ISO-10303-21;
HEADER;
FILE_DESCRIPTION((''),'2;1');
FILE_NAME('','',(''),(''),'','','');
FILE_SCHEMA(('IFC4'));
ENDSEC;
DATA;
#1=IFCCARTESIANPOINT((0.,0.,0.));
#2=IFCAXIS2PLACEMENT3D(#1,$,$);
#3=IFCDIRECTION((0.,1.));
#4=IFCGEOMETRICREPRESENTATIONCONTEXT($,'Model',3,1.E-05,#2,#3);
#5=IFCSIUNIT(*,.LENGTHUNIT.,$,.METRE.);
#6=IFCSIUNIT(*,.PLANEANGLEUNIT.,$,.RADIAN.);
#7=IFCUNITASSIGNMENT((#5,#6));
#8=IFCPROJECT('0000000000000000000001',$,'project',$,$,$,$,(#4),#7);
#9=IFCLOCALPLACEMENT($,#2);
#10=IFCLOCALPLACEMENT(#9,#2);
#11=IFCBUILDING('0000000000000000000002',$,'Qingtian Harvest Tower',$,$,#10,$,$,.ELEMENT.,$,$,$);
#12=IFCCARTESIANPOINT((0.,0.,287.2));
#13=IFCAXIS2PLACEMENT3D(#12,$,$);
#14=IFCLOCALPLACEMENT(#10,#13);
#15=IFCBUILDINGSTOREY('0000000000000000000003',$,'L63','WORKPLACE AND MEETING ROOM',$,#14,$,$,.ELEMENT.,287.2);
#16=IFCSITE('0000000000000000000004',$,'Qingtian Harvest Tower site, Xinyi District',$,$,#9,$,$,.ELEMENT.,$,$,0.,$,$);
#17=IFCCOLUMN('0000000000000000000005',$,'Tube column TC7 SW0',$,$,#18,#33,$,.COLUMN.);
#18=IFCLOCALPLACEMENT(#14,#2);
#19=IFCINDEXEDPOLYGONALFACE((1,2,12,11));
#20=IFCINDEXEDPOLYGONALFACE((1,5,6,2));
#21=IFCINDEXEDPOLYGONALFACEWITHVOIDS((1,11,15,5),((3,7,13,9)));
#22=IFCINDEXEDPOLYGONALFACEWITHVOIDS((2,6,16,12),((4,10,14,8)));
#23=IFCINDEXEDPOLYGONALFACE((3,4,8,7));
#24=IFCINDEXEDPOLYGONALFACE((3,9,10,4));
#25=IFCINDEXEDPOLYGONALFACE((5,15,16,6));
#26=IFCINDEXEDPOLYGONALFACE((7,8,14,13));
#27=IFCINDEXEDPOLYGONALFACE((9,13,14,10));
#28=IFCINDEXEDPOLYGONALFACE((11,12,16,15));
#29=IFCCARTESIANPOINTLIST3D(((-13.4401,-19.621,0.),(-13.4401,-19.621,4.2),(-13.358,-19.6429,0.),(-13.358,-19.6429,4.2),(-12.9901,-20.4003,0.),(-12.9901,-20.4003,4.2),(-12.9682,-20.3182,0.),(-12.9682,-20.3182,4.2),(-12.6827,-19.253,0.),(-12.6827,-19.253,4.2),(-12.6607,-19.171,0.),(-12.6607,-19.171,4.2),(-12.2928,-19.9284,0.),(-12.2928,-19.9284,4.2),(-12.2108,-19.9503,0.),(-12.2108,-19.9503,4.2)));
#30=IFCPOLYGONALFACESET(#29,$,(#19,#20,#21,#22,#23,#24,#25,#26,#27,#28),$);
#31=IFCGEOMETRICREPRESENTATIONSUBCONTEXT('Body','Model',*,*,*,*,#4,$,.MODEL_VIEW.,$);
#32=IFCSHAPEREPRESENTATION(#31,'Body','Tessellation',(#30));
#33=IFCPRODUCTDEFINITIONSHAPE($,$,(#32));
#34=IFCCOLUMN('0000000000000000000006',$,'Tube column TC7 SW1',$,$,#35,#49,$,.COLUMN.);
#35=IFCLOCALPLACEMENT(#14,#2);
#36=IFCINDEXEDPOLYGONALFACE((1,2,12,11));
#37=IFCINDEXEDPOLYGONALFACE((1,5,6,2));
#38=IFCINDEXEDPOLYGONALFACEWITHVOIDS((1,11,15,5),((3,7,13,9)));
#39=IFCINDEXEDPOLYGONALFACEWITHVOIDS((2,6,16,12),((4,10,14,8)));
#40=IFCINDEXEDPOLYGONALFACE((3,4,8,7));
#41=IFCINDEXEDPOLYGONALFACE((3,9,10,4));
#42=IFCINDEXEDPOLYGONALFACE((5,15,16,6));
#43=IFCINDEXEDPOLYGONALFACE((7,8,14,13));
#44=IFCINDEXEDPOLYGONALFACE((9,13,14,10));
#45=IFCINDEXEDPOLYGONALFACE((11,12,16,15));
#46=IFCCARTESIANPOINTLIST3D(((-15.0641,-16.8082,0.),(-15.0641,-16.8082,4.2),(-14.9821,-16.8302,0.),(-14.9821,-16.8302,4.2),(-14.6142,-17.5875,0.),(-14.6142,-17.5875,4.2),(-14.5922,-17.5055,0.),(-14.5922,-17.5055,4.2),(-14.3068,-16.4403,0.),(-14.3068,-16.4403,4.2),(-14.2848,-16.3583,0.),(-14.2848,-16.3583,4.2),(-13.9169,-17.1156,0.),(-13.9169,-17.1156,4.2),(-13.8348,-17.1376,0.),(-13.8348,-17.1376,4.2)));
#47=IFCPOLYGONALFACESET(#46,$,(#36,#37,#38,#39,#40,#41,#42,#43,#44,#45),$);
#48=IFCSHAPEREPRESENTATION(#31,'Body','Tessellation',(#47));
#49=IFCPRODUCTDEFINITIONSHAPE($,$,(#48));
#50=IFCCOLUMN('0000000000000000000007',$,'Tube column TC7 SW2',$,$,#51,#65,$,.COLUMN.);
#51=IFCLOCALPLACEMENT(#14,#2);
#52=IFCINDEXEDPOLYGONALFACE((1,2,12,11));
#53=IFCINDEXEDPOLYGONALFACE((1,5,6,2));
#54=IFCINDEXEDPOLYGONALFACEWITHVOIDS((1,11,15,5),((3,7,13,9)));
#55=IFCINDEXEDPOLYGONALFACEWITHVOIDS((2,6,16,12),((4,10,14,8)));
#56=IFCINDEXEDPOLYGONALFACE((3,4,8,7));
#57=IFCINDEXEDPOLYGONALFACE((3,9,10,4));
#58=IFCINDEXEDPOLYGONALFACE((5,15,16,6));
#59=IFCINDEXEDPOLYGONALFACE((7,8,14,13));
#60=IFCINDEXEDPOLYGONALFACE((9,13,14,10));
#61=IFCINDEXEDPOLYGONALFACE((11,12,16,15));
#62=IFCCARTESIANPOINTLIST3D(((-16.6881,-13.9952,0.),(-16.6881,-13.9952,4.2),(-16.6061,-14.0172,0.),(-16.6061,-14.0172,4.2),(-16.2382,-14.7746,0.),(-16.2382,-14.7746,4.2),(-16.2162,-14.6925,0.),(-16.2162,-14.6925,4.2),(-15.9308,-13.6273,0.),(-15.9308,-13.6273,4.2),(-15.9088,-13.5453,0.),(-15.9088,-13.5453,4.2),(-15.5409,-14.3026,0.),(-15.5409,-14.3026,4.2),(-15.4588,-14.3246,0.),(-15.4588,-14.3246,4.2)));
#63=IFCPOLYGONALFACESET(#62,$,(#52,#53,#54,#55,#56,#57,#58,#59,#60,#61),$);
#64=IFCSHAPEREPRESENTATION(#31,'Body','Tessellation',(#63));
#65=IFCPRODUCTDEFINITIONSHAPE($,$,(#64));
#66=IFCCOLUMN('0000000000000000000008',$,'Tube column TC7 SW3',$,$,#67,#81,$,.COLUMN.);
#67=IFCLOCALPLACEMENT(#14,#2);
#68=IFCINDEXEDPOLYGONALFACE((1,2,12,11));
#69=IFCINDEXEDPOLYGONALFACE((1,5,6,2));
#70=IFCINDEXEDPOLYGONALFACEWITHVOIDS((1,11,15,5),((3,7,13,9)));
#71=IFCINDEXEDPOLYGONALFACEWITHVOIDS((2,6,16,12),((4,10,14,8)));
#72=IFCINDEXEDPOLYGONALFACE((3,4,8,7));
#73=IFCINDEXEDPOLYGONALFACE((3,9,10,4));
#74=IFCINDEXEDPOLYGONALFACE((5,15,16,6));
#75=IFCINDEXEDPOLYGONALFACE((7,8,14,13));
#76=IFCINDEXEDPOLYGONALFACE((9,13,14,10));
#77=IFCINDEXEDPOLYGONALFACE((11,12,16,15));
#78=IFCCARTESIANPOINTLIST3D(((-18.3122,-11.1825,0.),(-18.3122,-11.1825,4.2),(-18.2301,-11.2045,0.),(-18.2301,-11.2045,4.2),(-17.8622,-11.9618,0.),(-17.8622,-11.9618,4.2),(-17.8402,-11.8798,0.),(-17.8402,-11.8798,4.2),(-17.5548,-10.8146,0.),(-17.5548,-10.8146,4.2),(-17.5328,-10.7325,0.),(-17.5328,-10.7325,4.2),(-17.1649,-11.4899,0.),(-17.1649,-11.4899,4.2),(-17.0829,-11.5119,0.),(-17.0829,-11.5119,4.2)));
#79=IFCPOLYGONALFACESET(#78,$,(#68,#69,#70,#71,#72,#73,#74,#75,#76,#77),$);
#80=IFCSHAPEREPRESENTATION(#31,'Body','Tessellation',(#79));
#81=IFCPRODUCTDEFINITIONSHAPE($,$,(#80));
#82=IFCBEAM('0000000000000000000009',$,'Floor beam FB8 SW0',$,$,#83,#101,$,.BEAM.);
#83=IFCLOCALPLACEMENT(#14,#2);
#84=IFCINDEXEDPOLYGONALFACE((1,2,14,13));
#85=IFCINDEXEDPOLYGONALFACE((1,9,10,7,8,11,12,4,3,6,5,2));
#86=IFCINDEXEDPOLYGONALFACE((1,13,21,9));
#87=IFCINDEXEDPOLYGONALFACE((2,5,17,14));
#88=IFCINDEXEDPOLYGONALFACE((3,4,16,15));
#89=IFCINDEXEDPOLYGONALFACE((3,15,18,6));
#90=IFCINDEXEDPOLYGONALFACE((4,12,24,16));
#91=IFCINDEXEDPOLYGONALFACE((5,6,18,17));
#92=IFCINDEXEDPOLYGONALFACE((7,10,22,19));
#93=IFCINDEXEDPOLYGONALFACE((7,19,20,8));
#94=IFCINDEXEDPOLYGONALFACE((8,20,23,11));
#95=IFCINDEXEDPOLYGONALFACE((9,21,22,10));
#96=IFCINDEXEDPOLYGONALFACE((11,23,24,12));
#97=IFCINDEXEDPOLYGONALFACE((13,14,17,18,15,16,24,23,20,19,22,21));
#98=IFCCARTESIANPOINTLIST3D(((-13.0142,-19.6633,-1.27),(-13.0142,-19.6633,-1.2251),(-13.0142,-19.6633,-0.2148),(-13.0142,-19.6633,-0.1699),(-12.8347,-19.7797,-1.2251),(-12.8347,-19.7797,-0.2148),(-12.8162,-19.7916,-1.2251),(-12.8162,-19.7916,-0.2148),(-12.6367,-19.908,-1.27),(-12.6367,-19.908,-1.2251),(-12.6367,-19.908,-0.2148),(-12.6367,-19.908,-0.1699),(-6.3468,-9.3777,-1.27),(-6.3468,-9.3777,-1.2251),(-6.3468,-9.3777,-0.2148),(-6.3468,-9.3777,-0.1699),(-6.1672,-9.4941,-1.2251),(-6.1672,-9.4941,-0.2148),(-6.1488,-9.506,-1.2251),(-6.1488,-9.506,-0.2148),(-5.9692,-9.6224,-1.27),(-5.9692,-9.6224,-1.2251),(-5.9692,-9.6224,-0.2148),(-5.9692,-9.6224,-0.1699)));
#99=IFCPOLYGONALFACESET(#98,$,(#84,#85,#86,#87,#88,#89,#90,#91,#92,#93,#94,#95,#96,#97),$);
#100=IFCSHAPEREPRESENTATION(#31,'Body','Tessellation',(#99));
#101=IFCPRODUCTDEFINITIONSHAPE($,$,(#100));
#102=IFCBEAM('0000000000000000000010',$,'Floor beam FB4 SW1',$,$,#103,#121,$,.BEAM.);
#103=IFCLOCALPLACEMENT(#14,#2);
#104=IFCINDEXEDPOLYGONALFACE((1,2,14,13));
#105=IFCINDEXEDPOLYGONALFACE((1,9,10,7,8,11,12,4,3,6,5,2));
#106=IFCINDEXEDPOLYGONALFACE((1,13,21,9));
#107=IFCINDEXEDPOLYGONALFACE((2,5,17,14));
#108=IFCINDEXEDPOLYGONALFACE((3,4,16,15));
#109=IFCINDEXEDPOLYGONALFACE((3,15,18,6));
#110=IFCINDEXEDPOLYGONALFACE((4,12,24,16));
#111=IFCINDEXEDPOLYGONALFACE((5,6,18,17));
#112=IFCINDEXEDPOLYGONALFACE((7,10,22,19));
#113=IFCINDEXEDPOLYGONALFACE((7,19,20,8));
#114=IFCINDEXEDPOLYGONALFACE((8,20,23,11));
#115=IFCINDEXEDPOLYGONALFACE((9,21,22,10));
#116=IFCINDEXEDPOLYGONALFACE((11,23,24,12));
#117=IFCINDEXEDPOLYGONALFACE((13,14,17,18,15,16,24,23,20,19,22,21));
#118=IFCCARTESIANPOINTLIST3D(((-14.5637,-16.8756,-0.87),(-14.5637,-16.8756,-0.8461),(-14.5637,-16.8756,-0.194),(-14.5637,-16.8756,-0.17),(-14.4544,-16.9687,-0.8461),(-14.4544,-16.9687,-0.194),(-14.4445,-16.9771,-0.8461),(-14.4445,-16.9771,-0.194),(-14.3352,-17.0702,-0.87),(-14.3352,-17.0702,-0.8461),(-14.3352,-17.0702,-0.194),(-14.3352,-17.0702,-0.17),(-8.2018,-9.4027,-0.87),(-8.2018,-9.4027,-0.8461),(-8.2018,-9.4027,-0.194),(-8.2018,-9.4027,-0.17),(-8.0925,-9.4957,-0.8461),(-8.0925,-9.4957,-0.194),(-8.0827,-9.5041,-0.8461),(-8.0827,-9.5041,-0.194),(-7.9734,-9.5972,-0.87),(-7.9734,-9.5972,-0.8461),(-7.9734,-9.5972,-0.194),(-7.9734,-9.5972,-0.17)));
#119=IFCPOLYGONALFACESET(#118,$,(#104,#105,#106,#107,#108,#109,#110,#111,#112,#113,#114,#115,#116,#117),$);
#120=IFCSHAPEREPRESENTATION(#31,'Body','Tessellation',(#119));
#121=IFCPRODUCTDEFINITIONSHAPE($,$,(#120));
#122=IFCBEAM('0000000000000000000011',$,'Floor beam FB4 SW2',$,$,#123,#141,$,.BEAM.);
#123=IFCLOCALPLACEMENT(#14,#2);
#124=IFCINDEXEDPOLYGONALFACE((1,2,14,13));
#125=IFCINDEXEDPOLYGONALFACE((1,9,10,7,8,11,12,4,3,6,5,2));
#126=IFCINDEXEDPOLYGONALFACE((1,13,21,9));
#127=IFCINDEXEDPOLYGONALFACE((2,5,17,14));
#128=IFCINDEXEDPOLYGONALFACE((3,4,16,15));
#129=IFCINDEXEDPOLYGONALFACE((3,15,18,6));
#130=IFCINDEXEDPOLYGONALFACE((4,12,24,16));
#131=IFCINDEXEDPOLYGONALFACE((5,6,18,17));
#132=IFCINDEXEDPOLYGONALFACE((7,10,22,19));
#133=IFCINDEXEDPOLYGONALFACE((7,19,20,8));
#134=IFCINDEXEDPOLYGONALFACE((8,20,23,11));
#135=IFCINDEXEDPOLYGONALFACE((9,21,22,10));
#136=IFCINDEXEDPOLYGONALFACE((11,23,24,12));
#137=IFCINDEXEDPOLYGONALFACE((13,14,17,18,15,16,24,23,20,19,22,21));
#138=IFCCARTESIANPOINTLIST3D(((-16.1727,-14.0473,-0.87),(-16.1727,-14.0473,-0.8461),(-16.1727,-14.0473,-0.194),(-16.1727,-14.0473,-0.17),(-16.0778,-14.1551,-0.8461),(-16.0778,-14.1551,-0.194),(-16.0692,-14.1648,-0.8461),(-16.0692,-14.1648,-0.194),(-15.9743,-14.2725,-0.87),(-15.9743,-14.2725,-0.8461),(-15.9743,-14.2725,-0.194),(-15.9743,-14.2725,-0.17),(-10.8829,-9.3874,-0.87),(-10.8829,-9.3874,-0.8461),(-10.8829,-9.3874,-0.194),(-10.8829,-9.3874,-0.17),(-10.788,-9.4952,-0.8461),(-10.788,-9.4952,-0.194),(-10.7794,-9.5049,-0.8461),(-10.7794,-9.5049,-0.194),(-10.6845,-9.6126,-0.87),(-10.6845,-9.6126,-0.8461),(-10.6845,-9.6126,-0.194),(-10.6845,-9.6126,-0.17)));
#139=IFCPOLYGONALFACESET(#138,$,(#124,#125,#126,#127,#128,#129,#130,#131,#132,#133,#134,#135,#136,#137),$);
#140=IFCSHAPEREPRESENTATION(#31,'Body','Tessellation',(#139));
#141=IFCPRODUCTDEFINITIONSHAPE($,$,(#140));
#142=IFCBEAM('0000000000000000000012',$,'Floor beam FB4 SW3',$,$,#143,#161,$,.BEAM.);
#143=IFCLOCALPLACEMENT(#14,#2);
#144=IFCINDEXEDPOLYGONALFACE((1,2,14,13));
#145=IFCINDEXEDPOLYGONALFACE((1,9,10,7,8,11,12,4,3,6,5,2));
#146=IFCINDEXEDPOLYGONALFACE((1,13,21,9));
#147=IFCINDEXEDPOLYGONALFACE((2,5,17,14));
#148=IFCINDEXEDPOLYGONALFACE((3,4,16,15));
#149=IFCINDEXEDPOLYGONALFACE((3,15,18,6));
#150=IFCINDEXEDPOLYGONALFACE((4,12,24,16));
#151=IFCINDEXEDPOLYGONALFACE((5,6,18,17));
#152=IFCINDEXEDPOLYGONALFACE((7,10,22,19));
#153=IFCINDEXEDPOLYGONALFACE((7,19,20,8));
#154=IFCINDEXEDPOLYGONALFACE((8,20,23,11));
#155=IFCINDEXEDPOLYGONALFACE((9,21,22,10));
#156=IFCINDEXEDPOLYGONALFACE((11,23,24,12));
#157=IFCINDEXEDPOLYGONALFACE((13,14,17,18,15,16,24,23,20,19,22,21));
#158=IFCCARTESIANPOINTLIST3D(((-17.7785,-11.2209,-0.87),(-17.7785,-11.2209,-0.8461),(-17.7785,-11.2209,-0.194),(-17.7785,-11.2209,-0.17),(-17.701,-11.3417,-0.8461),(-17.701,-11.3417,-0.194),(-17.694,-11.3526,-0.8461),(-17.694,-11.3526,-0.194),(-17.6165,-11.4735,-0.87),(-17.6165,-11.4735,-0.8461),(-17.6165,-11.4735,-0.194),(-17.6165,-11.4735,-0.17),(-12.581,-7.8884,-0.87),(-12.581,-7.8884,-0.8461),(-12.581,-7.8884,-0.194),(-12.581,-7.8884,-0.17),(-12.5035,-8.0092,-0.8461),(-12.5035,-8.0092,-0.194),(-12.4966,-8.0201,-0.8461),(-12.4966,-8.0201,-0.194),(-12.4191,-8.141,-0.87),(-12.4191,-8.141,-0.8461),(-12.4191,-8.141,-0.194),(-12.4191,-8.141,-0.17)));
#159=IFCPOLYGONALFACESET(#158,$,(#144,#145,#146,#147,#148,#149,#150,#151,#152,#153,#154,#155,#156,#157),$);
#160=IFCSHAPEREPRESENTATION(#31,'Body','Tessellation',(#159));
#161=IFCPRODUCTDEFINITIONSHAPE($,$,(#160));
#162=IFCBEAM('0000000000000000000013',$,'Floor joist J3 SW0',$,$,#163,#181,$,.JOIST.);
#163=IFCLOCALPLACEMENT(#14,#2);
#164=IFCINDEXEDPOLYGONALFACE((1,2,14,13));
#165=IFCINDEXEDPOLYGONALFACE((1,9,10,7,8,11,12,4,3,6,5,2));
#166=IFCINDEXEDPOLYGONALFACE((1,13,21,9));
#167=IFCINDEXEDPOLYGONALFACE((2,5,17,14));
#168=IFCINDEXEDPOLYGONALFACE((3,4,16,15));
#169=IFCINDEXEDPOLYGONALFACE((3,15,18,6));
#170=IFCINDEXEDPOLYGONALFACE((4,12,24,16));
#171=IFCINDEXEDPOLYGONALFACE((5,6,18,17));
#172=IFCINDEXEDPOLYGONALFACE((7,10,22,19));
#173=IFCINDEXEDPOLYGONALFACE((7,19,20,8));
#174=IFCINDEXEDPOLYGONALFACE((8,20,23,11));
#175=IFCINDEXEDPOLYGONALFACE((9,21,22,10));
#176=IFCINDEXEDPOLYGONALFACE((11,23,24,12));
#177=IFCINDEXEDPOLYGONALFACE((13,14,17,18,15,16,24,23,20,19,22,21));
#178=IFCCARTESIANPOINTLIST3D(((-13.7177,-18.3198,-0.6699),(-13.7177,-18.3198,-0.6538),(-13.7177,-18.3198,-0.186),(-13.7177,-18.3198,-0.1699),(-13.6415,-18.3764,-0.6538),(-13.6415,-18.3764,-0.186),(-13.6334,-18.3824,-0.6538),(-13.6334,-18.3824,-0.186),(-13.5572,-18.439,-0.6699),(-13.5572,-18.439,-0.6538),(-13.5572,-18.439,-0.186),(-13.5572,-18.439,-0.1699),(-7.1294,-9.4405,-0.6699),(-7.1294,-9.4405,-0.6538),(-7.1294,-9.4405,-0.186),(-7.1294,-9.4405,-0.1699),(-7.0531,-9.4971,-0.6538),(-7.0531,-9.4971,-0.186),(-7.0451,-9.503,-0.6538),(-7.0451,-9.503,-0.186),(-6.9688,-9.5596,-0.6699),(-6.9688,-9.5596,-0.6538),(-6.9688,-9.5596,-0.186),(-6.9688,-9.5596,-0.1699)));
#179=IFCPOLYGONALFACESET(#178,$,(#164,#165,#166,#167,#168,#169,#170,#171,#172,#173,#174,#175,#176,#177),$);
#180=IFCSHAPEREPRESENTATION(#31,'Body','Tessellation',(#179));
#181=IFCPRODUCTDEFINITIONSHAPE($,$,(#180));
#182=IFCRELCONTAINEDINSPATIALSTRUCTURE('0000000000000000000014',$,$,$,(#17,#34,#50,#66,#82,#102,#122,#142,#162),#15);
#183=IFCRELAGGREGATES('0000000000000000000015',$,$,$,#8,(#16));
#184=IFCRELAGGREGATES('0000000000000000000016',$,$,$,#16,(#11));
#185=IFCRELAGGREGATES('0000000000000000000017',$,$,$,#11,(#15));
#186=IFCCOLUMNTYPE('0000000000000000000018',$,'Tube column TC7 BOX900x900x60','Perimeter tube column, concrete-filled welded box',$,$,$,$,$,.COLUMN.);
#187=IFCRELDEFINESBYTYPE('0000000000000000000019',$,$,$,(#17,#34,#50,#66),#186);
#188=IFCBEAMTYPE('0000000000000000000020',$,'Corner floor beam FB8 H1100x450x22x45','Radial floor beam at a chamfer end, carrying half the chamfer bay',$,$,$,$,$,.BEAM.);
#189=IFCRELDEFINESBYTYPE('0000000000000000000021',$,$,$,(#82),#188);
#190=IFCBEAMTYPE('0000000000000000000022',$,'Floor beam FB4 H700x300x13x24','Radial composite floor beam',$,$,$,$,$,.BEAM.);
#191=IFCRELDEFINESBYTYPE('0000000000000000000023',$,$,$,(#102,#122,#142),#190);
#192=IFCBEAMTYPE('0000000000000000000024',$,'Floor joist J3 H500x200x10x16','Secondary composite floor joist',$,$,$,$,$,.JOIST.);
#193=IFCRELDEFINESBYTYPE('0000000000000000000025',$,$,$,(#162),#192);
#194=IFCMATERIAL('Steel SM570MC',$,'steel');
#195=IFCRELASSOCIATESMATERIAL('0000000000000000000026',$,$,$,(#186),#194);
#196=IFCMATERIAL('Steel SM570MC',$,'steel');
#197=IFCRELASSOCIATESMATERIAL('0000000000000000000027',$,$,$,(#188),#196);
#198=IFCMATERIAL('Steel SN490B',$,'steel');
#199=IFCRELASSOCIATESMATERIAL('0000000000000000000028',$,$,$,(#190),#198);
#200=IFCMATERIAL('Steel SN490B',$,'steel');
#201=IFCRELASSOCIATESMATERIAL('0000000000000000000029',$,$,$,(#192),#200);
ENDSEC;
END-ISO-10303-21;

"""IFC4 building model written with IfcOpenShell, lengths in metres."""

from ifc_helpers import new_model, si_unit, direction, frame, origin, origin_2d, place, context, subcontext, project, spatial, hollow_rectangle, i_section, extrude, material, material_profile, profile_set, type_object, element, save


model = new_model("IFC4")

# Units and contexts
model_context = context("Model", 3, precision=1e-05, world=origin(), true_north=direction((0.0, 1.0)))
body_context = subcontext(model_context, "Body", "Model", "MODEL_VIEW")
ifc_project = project(units=[si_unit("LENGTHUNIT", "METRE"), si_unit("PLANEANGLEUNIT", "RADIAN")], contexts=[model_context])

# Site, building, storey
site_placement = place(None, origin())
site = spatial("IfcSite", under=ifc_project, at=site_placement, Name="Qingtian Harvest Tower site, Xinyi District", CompositionType="ELEMENT", RefElevation=0.0)
building_placement = place(site_placement, origin())
building = spatial("IfcBuilding", under=site, at=building_placement, Name="Qingtian Harvest Tower", CompositionType="ELEMENT")
storey_placement = place(building_placement, frame((0.0, 0.0, 287.2)))
storey = spatial("IfcBuildingStorey", under=building, at=storey_placement, Name="L63", Description="WORKPLACE AND MEETING ROOM", CompositionType="ELEMENT", Elevation=287.2)

# Columns
ifc_material_1 = material(Name="Steel SM570MC", Category="steel")
ifc_material_profile_1 = material_profile(ifc_material_1, hollow_rectangle(XDim=0.8999, YDim=0.8999, WallThickness=0.0601, at=origin_2d()), Name="BOX900x900x60")
ifc_profile_set_1 = profile_set([ifc_material_profile_1], Name="Steel SM570MC")
column_type = type_object("IfcColumnType", Name="Tube column TC7 BOX900x900x60", Description="Perimeter tube column, concrete-filled welded box", PredefinedType="COLUMN", material=ifc_profile_set_1)
for number, where, z_axis, x_axis, name in (
    (1, (-12.8254, -19.7856, 0.0), (0.0, 0.0, 1.0), (0.5, -0.866025, 0.0), "Tube column TC7 SW0"),
    (2, (-14.4495, -16.9729, 0.0), (0.0, 0.0, 1.0), (0.5, -0.866025, 0.0), "Tube column TC7 SW1"),
    (3, (-16.0735, -14.1599, 0.0), (0.0, 0.0, 1.0), (0.5, -0.866025, 0.0), "Tube column TC7 SW2"),
    (4, (-17.6975, -11.3472, 0.0), (0.0, 0.0, 1.0), (0.5, -0.866025, 0.0), "Tube column TC7 SW3"),
):
    element("IfcColumn", number, at=place(storey_placement, frame(where, z_axis=z_axis, x_axis=x_axis)), inside=storey, type_object=column_type, Name=name, PredefinedType="COLUMN", context=body_context, shape_type="SweptSolid", body=[
        extrude(hollow_rectangle(XDim=0.8999, YDim=0.8999, WallThickness=0.0601, at=origin_2d()), origin(), (0.0, 0.0, 1.0), 4.2),
    ])

# Beams
ifc_material_2 = material(Name="Steel SM570MC", Category="steel")
ifc_material_profile_2 = material_profile(ifc_material_2, i_section(OverallWidth=0.45, OverallDepth=1.1001, WebThickness=0.022, FlangeThickness=0.0449, at=origin_2d()), Name="H1100x450x22x45")
ifc_profile_set_2 = profile_set([ifc_material_profile_2], Name="Steel SM570MC")
beam_type_1 = type_object("IfcBeamType", Name="Corner floor beam FB8 H1100x450x22x45", Description="Radial floor beam at a chamfer end, carrying half the chamfer bay", PredefinedType="BEAM", material=ifc_profile_set_2)
beam_1_placement = place(storey_placement, frame((-12.8254, -19.7856, -0.72), z_axis=(0.543945, 0.839121, 0.0), x_axis=(-0.839121, 0.543945, 0.0)))
element("IfcBeam", 5, at=beam_1_placement, inside=storey, type_object=beam_type_1, Name="Floor beam FB8 SW0", PredefinedType="BEAM", context=body_context, shape_type="SweptSolid", body=[
    extrude(i_section(OverallWidth=0.45, OverallDepth=1.1001, WebThickness=0.022, FlangeThickness=0.0449, at=origin_2d()), origin(), (0.0, 0.0, 1.0), 12.2576),
])
ifc_material_3 = material(Name="Steel SN490B", Category="steel")
ifc_material_profile_3 = material_profile(ifc_material_3, i_section(OverallWidth=0.3, OverallDepth=0.7, WebThickness=0.0129, FlangeThickness=0.0239, at=origin_2d()), Name="H700x300x13x24")
ifc_profile_set_3 = profile_set([ifc_material_profile_3], Name="Steel SN490B")
beam_type_2 = type_object("IfcBeamType", Name="Floor beam FB4 H700x300x13x24", Description="Radial composite floor beam", PredefinedType="BEAM", material=ifc_profile_set_3)
beam_2_placement = place(storey_placement, frame((-14.4495, -16.9729, -0.52), z_axis=(0.648231, 0.761444, 0.0), x_axis=(-0.761444, 0.648231, 0.0)))
element("IfcBeam", 6, at=beam_2_placement, inside=storey, type_object=beam_type_2, Name="Floor beam FB4 SW1", PredefinedType="BEAM", context=body_context, shape_type="SweptSolid", body=[
    extrude(i_section(OverallWidth=0.3, OverallDepth=0.7, WebThickness=0.0129, FlangeThickness=0.0239, at=origin_2d()), origin(), (0.0, 0.0, 1.0), 9.8142),
])
beam_3_placement = place(storey_placement, frame((-16.0735, -14.1599, -0.52), z_axis=(0.750369, 0.661019, 0.0), x_axis=(-0.661019, 0.750369, 0.0)))
element("IfcBeam", 7, at=beam_3_placement, inside=storey, type_object=beam_type_2, Name="Floor beam FB4 SW2", PredefinedType="BEAM", context=body_context, shape_type="SweptSolid", body=[
    extrude(i_section(OverallWidth=0.3, OverallDepth=0.7, WebThickness=0.0129, FlangeThickness=0.0239, at=origin_2d()), origin(), (0.0, 0.0, 1.0), 7.0496),
])
beam_4_placement = place(storey_placement, frame((-17.6975, -11.3472, -0.52), z_axis=(0.841822, 0.539756, 0.0), x_axis=(-0.539756, 0.841822, 0.0)))
element("IfcBeam", 8, at=beam_4_placement, inside=storey, type_object=beam_type_2, Name="Floor beam FB4 SW3", PredefinedType="BEAM", context=body_context, shape_type="SweptSolid", body=[
    extrude(i_section(OverallWidth=0.3, OverallDepth=0.7, WebThickness=0.0129, FlangeThickness=0.0239, at=origin_2d()), origin(), (0.0, 0.0, 1.0), 6.1741),
])
ifc_material_4 = material(Name="Steel SN490B", Category="steel")
ifc_material_profile_4 = material_profile(ifc_material_4, i_section(OverallWidth=0.2, OverallDepth=0.5, WebThickness=0.01, FlangeThickness=0.0161, at=origin_2d()), Name="H500x200x10x16")
ifc_profile_set_4 = profile_set([ifc_material_profile_4], Name="Steel SN490B")
beam_type_3 = type_object("IfcBeamType", Name="Floor joist J3 H500x200x10x16", Description="Secondary composite floor joist", PredefinedType="JOIST", material=ifc_profile_set_4)
beam_5_placement = place(storey_placement, frame((-13.6375, -18.3794, -0.4199), z_axis=(0.595873, 0.803079, 0.0), x_axis=(-0.803079, 0.595873, 0.0)))
element("IfcBeam", 9, at=beam_5_placement, inside=storey, type_object=beam_type_3, Name="Floor joist J3 SW0", PredefinedType="JOIST", context=body_context, shape_type="SweptSolid", body=[
    extrude(i_section(OverallWidth=0.2, OverallDepth=0.5, WebThickness=0.01, FlangeThickness=0.0161, at=origin_2d()), origin(), (0.0, 0.0, 1.0), 11.0566),
])

save(model, "model.ifc")
